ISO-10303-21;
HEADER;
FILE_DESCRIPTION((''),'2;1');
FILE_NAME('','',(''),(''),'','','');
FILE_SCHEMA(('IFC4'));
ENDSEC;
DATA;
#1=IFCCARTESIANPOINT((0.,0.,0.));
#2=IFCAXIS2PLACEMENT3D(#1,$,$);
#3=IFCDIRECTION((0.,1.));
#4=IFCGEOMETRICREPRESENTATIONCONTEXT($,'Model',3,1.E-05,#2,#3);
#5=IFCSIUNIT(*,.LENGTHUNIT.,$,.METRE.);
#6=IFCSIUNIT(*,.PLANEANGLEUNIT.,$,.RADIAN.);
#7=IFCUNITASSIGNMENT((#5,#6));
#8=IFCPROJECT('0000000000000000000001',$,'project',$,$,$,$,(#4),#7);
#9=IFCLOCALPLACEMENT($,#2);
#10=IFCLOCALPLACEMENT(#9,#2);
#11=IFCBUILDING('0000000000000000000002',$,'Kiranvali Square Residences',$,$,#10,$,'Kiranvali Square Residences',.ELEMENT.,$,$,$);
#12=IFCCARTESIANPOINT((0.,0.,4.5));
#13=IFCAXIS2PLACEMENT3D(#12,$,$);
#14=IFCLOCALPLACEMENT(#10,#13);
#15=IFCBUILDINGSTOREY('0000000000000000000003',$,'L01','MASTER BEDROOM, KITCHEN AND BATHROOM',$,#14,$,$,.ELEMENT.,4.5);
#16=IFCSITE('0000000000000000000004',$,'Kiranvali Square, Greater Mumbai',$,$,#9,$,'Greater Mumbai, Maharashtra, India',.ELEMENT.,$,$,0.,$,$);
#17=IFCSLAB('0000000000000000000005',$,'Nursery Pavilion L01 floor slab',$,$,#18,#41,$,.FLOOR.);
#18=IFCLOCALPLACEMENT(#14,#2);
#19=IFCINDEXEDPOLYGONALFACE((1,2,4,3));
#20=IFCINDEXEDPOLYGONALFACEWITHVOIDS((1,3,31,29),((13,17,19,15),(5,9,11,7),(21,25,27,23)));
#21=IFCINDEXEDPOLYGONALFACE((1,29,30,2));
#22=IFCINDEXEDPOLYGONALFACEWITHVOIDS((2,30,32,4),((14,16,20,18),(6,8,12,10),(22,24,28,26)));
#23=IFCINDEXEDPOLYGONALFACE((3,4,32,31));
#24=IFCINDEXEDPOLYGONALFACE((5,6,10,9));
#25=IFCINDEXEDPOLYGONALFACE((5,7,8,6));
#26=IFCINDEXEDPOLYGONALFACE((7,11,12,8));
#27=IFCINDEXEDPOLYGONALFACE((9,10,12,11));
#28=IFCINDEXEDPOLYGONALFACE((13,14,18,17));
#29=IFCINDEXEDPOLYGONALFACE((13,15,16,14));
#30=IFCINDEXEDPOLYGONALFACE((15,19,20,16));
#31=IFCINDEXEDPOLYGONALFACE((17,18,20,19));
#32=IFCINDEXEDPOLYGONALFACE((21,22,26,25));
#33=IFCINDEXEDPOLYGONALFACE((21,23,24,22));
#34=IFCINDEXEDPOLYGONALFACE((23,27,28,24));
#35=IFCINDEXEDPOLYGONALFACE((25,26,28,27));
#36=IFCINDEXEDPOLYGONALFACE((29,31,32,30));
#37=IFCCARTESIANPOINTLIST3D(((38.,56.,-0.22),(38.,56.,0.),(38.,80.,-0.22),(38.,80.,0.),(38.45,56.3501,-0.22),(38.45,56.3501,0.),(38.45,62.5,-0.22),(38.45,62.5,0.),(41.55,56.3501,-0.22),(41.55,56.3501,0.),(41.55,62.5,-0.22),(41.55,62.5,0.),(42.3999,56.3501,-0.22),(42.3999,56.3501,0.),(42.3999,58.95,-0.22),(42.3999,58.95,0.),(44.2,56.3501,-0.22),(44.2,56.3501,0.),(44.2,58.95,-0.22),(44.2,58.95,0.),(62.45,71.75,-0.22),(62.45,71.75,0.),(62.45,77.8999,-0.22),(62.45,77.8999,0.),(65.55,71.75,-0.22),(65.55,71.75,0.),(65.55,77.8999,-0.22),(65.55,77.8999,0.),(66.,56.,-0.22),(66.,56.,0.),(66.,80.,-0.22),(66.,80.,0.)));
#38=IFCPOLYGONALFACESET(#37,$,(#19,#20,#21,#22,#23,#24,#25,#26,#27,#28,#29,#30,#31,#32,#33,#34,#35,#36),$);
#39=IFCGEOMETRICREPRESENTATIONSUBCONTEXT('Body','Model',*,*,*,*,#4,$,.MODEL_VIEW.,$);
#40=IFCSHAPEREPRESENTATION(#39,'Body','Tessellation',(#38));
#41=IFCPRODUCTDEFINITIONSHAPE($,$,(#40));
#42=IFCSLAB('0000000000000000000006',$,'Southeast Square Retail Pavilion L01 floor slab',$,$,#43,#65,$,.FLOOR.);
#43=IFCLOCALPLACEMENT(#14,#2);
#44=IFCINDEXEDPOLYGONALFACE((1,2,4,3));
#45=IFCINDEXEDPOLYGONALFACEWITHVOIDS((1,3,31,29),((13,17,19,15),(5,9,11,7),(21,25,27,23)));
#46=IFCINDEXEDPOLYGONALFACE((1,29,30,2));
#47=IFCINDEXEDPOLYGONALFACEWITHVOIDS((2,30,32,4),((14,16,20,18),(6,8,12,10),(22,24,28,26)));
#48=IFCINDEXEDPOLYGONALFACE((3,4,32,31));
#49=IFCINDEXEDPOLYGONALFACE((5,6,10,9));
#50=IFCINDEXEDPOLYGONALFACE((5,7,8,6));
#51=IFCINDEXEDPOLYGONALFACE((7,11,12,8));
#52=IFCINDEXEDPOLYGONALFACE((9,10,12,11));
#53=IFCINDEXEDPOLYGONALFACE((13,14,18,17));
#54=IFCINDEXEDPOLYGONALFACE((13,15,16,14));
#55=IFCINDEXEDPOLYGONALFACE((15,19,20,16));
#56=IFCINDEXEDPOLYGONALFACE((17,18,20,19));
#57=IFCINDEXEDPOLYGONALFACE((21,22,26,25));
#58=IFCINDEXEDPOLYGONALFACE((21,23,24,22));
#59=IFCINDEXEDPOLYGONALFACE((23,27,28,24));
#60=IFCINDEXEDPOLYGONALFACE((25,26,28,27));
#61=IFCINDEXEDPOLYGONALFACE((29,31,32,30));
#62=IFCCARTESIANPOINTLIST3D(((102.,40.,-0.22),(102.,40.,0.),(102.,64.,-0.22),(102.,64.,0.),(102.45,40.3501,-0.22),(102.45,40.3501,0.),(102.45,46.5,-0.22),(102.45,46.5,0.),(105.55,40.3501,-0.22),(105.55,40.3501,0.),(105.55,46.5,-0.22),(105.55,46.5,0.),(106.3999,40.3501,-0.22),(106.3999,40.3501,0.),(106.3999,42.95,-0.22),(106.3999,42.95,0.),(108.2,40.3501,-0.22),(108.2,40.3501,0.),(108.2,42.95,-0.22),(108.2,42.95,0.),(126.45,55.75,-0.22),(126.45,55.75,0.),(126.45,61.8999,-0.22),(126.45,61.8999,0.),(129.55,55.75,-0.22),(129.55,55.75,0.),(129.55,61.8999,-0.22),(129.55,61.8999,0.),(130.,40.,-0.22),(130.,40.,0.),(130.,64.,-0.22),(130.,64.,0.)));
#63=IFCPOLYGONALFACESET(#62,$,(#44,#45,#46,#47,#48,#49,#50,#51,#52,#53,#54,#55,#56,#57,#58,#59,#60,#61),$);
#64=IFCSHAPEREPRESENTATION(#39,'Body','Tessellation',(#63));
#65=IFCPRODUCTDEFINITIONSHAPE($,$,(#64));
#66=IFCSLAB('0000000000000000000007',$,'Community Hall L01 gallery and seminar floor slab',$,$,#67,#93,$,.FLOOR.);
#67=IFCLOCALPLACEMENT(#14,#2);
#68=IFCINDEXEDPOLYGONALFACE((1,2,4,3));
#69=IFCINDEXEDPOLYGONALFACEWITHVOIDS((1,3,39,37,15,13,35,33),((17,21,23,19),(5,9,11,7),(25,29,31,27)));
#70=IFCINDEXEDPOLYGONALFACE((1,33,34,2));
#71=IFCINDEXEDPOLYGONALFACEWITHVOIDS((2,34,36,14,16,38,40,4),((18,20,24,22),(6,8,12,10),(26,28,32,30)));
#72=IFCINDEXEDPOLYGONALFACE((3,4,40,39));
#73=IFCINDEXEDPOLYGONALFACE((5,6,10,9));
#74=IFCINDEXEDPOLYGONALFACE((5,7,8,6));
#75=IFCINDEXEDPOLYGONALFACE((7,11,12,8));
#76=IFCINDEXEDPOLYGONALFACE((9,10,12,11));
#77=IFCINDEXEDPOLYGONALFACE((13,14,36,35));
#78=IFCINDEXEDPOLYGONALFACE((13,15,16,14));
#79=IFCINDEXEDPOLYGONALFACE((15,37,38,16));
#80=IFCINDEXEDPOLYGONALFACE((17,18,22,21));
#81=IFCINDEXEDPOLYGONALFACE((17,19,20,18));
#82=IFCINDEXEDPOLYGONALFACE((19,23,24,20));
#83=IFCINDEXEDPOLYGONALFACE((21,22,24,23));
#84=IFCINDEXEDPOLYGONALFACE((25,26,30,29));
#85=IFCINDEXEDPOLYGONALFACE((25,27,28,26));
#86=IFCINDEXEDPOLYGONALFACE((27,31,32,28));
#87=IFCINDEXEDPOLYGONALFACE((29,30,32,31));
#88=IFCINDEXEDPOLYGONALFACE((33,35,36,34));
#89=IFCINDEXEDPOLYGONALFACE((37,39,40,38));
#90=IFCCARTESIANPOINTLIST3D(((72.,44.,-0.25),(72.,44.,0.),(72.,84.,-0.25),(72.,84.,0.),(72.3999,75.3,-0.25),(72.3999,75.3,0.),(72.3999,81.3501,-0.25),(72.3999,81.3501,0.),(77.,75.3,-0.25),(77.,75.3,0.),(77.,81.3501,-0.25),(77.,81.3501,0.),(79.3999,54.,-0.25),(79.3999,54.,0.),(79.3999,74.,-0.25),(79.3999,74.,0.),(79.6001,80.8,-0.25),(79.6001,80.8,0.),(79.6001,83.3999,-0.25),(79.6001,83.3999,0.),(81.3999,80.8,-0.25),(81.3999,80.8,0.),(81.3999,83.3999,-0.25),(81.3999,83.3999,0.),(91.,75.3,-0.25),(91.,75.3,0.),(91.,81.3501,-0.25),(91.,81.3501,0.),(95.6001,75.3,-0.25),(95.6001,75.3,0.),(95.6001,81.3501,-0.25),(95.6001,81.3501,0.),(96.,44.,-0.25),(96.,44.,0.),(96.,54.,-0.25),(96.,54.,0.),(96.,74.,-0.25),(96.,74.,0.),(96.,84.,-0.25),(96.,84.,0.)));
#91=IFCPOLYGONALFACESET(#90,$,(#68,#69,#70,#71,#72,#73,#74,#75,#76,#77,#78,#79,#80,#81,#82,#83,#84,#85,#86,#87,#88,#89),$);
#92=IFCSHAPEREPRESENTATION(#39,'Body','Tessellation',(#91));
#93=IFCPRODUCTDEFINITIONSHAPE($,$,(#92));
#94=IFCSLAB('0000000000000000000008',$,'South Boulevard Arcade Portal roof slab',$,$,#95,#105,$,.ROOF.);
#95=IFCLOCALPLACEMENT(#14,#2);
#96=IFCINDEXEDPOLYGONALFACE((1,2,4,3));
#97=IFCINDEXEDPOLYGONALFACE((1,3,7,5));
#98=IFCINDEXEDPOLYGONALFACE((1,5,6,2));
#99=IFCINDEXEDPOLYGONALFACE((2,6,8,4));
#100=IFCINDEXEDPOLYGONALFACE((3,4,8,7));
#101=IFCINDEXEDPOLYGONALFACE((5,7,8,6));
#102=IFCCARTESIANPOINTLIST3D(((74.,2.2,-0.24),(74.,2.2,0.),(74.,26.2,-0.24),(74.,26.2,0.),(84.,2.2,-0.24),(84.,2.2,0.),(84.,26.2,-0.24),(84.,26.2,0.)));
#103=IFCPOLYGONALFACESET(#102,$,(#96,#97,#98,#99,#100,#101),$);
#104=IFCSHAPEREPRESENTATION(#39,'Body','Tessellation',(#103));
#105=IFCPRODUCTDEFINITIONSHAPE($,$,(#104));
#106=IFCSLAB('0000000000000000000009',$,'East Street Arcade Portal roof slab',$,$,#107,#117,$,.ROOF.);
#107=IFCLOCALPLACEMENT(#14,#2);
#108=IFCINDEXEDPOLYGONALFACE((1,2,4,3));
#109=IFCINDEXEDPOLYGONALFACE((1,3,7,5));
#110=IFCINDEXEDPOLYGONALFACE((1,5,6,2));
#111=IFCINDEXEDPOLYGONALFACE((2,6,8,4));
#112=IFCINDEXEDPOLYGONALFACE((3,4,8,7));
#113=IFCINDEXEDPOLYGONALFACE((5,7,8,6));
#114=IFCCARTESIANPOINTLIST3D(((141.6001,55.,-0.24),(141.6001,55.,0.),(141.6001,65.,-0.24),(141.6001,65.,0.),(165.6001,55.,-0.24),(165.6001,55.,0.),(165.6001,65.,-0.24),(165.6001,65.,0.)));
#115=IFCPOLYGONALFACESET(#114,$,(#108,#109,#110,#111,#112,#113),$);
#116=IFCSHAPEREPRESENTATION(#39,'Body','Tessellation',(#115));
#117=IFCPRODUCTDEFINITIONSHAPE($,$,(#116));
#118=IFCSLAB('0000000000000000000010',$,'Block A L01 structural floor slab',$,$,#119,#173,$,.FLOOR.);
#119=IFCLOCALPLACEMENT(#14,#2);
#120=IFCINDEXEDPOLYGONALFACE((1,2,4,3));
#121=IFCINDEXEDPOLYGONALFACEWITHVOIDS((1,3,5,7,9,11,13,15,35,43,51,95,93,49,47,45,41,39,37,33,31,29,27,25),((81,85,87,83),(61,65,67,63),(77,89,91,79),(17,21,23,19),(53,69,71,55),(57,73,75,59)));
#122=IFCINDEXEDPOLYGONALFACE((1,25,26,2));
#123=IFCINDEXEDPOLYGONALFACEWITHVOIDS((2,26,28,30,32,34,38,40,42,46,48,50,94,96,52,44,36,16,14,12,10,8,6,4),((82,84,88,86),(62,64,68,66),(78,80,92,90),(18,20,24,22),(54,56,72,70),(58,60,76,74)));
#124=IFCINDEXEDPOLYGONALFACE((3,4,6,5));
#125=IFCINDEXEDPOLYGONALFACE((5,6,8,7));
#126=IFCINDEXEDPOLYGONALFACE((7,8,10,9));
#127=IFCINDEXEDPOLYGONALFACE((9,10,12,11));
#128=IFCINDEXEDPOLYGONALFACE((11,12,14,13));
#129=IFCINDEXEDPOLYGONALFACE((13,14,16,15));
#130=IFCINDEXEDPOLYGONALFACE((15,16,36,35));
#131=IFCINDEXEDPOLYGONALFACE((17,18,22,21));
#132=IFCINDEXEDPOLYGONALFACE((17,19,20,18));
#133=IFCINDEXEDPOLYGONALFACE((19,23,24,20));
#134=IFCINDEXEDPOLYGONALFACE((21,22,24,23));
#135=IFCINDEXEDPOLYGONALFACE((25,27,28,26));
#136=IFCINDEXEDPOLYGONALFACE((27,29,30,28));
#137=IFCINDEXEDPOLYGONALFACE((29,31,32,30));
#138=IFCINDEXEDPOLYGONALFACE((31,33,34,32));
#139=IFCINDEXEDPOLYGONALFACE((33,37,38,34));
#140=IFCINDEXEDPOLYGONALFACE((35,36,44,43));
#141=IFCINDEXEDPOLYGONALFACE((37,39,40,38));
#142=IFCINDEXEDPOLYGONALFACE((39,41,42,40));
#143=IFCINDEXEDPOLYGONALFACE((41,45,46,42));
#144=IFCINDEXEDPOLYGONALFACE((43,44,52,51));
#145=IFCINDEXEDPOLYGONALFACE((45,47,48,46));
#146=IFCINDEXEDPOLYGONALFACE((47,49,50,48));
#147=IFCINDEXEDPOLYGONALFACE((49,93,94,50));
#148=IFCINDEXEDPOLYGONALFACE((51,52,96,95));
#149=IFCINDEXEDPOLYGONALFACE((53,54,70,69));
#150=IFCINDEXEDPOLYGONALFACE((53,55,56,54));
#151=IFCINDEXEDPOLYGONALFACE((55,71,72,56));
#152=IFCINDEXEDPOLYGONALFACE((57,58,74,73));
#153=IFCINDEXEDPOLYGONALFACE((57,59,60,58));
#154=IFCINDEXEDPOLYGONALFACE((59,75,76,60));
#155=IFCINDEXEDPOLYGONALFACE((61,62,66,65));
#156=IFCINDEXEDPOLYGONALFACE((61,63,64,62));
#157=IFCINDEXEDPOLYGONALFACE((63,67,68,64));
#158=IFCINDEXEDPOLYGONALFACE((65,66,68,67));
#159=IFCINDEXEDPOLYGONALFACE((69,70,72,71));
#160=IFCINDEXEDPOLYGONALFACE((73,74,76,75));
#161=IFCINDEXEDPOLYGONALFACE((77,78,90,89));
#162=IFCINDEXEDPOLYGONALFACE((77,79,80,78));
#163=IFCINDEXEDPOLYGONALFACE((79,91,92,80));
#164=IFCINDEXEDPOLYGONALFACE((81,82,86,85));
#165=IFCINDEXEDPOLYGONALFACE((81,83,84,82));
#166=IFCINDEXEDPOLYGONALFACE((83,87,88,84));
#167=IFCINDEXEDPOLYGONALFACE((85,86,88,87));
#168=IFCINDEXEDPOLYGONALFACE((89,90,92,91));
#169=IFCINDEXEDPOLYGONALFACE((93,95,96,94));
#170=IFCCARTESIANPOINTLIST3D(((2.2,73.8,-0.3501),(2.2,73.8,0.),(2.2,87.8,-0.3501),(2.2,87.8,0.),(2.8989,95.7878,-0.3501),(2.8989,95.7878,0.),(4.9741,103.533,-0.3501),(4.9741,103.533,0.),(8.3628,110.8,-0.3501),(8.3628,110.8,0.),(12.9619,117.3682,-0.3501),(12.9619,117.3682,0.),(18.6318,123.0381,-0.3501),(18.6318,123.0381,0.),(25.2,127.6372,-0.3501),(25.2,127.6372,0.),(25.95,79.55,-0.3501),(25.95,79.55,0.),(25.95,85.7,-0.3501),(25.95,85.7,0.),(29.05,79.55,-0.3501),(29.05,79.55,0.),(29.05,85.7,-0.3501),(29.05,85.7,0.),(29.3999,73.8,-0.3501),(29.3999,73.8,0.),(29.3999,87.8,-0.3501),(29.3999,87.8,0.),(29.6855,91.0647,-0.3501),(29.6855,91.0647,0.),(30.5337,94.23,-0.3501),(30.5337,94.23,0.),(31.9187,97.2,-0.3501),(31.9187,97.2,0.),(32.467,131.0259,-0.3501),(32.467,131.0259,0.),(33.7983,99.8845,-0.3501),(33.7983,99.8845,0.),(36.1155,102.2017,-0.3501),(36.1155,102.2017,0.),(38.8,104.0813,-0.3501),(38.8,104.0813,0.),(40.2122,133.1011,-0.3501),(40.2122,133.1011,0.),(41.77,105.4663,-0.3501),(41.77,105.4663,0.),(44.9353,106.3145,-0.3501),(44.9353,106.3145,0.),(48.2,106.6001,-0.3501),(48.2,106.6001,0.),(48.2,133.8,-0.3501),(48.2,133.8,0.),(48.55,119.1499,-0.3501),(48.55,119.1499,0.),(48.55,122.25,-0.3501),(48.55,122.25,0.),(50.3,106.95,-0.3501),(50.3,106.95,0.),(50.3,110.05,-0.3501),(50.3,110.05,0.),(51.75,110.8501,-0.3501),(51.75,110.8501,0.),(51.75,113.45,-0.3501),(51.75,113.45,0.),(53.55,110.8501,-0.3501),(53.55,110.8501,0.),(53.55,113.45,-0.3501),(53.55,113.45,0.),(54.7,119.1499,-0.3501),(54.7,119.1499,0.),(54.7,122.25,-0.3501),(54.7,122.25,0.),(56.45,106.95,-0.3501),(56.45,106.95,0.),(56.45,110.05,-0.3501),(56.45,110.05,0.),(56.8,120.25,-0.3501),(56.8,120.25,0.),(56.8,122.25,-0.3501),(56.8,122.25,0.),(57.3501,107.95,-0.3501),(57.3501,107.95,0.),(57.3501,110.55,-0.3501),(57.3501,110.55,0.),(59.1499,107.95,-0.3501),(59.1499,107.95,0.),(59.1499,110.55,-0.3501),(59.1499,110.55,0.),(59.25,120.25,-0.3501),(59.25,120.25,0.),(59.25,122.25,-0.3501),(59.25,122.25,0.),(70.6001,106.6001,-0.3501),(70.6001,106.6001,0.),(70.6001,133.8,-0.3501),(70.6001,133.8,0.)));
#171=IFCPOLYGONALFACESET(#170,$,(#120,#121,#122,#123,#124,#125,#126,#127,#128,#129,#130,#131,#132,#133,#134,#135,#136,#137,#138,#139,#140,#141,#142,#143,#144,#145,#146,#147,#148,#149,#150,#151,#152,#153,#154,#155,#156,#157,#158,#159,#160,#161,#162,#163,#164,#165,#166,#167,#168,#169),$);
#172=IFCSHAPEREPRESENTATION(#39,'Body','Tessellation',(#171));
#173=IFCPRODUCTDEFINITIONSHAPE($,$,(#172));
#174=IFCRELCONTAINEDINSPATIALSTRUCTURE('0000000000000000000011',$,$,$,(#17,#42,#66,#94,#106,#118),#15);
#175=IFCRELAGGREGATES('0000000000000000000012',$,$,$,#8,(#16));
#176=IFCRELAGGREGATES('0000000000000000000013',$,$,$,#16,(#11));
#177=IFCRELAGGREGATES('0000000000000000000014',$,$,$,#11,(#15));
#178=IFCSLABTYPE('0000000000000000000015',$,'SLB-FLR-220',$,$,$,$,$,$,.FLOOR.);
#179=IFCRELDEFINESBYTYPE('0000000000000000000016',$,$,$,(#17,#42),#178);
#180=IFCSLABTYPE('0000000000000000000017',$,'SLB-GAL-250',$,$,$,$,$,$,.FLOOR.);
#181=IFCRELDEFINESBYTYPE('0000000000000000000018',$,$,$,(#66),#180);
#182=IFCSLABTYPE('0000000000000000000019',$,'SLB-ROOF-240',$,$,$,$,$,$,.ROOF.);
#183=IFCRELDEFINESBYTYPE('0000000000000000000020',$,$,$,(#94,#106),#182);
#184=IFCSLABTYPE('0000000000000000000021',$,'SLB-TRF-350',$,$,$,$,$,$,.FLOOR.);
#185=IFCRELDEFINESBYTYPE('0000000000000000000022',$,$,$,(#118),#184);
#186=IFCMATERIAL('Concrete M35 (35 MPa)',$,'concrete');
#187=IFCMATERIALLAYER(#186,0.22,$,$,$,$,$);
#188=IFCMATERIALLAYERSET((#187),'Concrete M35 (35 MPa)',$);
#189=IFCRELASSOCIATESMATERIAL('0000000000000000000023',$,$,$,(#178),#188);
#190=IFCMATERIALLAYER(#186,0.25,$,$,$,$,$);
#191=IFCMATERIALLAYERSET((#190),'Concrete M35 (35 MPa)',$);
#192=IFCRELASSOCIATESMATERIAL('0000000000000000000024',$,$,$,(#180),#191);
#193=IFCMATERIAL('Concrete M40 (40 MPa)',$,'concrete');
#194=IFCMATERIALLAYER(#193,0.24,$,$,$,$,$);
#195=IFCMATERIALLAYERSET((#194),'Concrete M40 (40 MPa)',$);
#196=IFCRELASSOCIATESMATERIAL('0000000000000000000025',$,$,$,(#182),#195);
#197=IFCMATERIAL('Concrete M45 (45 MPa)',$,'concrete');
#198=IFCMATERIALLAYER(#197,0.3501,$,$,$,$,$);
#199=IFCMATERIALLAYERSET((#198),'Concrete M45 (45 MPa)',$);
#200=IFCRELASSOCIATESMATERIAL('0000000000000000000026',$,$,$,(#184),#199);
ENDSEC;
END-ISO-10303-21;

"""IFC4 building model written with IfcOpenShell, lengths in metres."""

from ifc_helpers import new_model, si_unit, direction, frame, origin, place, context, subcontext, project, spatial, polyline, outline, extrude, material, layer, layer_set, type_object, element, save


model = new_model("IFC4")

# Units and contexts
model_context = context("Model", 3, precision=1e-05, world=origin(), true_north=direction((0.0, 1.0)))
body_context = subcontext(model_context, "Body", "Model", "MODEL_VIEW")
ifc_project = project(units=[si_unit("LENGTHUNIT", "METRE"), si_unit("PLANEANGLEUNIT", "RADIAN")], contexts=[model_context])

# Site, building, storey
site_placement = place(None, origin())
site = spatial("IfcSite", under=ifc_project, at=site_placement, Name="Kiranvali Square, Greater Mumbai", LongName="Greater Mumbai, Maharashtra, India", CompositionType="ELEMENT", RefElevation=0.0)
building_placement = place(site_placement, origin())
building = spatial("IfcBuilding", under=site, at=building_placement, Name="Kiranvali Square Residences", LongName="Kiranvali Square Residences", CompositionType="ELEMENT")
storey_placement = place(building_placement, frame((0.0, 0.0, 4.5)))
storey = spatial("IfcBuildingStorey", under=building, at=storey_placement, Name="L01", Description="MASTER BEDROOM, KITCHEN AND BATHROOM", CompositionType="ELEMENT", Elevation=4.5)

# Slabs
ifc_material_1 = material(Name="Concrete M35 (35 MPa)", Category="concrete")
ifc_layer_1 = layer(ifc_material_1, 0.22)
ifc_layer_set_1 = layer_set([ifc_layer_1], Name="Concrete M35 (35 MPa)")
slab_type_1 = type_object("IfcSlabType", Name="SLB-FLR-220", PredefinedType="FLOOR", material=ifc_layer_set_1)
slab_1_placement = place(storey_placement, frame((0.0, 0.0, -0.22)))
element("IfcSlab", 1, at=slab_1_placement, inside=storey, type_object=slab_type_1, Name="Nursery Pavilion L01 floor slab", PredefinedType="FLOOR", context=body_context, shape_type="SweptSolid", body=[
    extrude(outline(polyline([(38.0, 56.0), (66.0, 56.0), (66.0, 80.0), (38.0, 80.0), (38.0, 56.0)]), holes=[polyline([(42.3999, 56.3501), (44.2, 56.3501), (44.2, 58.95), (42.3999, 58.95), (42.3999, 56.3501)]), polyline([(38.45, 62.5), (38.45, 56.3501), (41.55, 56.3501), (41.55, 62.5), (38.45, 62.5)]), polyline([(62.45, 77.8999), (62.45, 71.75), (65.55, 71.75), (65.55, 77.8999), (62.45, 77.8999)])]), origin(), (0.0, 0.0, 1.0), 0.22),
])
slab_2_placement = place(storey_placement, frame((0.0, 0.0, -0.22)))
element("IfcSlab", 2, at=slab_2_placement, inside=storey, type_object=slab_type_1, Name="Southeast Square Retail Pavilion L01 floor slab", PredefinedType="FLOOR", context=body_context, shape_type="SweptSolid", body=[
    extrude(outline(polyline([(102.0, 40.0), (130.0, 40.0), (130.0, 64.0), (102.0, 64.0), (102.0, 40.0)]), holes=[polyline([(106.3999, 40.3501), (108.2, 40.3501), (108.2, 42.95), (106.3999, 42.95), (106.3999, 40.3501)]), polyline([(102.45, 46.5), (102.45, 40.3501), (105.55, 40.3501), (105.55, 46.5), (102.45, 46.5)]), polyline([(126.45, 61.8999), (126.45, 55.75), (129.55, 55.75), (129.55, 61.8999), (126.45, 61.8999)])]), origin(), (0.0, 0.0, 1.0), 0.22),
])
ifc_layer_2 = layer(ifc_material_1, 0.25)
ifc_layer_set_2 = layer_set([ifc_layer_2], Name="Concrete M35 (35 MPa)")
slab_type_2 = type_object("IfcSlabType", Name="SLB-GAL-250", PredefinedType="FLOOR", material=ifc_layer_set_2)
slab_3_placement = place(storey_placement, frame((0.0, 0.0, -0.25)))
element("IfcSlab", 3, at=slab_3_placement, inside=storey, type_object=slab_type_2, Name="Community Hall L01 gallery and seminar floor slab", PredefinedType="FLOOR", context=body_context, shape_type="SweptSolid", body=[
    extrude(outline(polyline([(96.0, 44.0), (72.0, 44.0), (72.0, 84.0), (96.0, 84.0), (96.0, 74.0), (79.3999, 74.0), (79.3999, 54.0), (96.0, 54.0), (96.0, 44.0)]), holes=[polyline([(79.6001, 80.8), (81.3999, 80.8), (81.3999, 83.3999), (79.6001, 83.3999), (79.6001, 80.8)]), polyline([(72.3999, 81.3501), (72.3999, 75.3), (77.0, 75.3), (77.0, 81.3501), (72.3999, 81.3501)]), polyline([(91.0, 81.3501), (91.0, 75.3), (95.6001, 75.3), (95.6001, 81.3501), (91.0, 81.3501)])]), origin(), (0.0, 0.0, 1.0), 0.25),
])
ifc_material_2 = material(Name="Concrete M40 (40 MPa)", Category="concrete")
ifc_layer_3 = layer(ifc_material_2, 0.24)
ifc_layer_set_3 = layer_set([ifc_layer_3], Name="Concrete M40 (40 MPa)")
slab_type_3 = type_object("IfcSlabType", Name="SLB-ROOF-240", PredefinedType="ROOF", material=ifc_layer_set_3)
slab_4_placement = place(storey_placement, frame((0.0, 0.0, -0.24)))
element("IfcSlab", 4, at=slab_4_placement, inside=storey, type_object=slab_type_3, Name="South Boulevard Arcade Portal roof slab", PredefinedType="ROOF", context=body_context, shape_type="SweptSolid", body=[
    extrude(outline(polyline([(74.0, 2.2), (84.0, 2.2), (84.0, 26.2), (74.0, 26.2), (74.0, 2.2)])), origin(), (0.0, 0.0, 1.0), 0.24),
])
slab_5_placement = place(storey_placement, frame((0.0, 0.0, -0.24)))
element("IfcSlab", 5, at=slab_5_placement, inside=storey, type_object=slab_type_3, Name="East Street Arcade Portal roof slab", PredefinedType="ROOF", context=body_context, shape_type="SweptSolid", body=[
    extrude(outline(polyline([(141.6001, 55.0), (165.6001, 55.0), (165.6001, 65.0), (141.6001, 65.0), (141.6001, 55.0)])), origin(), (0.0, 0.0, 1.0), 0.24),
])
ifc_material_3 = material(Name="Concrete M45 (45 MPa)", Category="concrete")
ifc_layer_4 = layer(ifc_material_3, 0.3501)
ifc_layer_set_4 = layer_set([ifc_layer_4], Name="Concrete M45 (45 MPa)")
slab_type_4 = type_object("IfcSlabType", Name="SLB-TRF-350", PredefinedType="FLOOR", material=ifc_layer_set_4)
slab_6_placement = place(storey_placement, frame((0.0, 0.0, -0.3501)))
element("IfcSlab", 6, at=slab_6_placement, inside=storey, type_object=slab_type_4, Name="Block A L01 structural floor slab", PredefinedType="FLOOR", context=body_context, shape_type="SweptSolid", body=[
    extrude(outline(polyline([(70.6001, 106.6001), (70.6001, 133.8), (48.2, 133.8), (40.2122, 133.1011), (32.467, 131.0259), (25.2, 127.6372), (18.6318, 123.0381), (12.9619, 117.3682), (8.3628, 110.8), (4.9741, 103.533), (2.8989, 95.7878), (2.2, 87.8), (2.2, 73.8), (29.3999, 73.8), (29.3999, 87.8), (29.6855, 91.0647), (30.5337, 94.23), (31.9187, 97.2), (33.7983, 99.8845), (36.1155, 102.2017), (38.8, 104.0813), (41.77, 105.4663), (44.9353, 106.3145), (48.2, 106.6001), (70.6001, 106.6001)]), holes=[polyline([(56.8, 120.25), (59.25, 120.25), (59.25, 122.25), (56.8, 122.25), (56.8, 120.25)]), polyline([(57.3501, 107.95), (59.1499, 107.95), (59.1499, 110.55), (57.3501, 110.55), (57.3501, 107.95)]), polyline([(51.75, 110.8501), (53.55, 110.8501), (53.55, 113.45), (51.75, 113.45), (51.75, 110.8501)]), polyline([(54.7, 122.25), (48.55, 122.25), (48.55, 119.1499), (54.7, 119.1499), (54.7, 122.25)]), polyline([(50.3, 106.95), (56.45, 106.95), (56.45, 110.05), (50.3, 110.05), (50.3, 106.95)]), polyline([(25.95, 85.7), (25.95, 79.55), (29.05, 79.55), (29.05, 85.7), (25.95, 85.7)])]), origin(), (0.0, 0.0, 1.0), 0.3501),
])

save(model, "model.ifc")
